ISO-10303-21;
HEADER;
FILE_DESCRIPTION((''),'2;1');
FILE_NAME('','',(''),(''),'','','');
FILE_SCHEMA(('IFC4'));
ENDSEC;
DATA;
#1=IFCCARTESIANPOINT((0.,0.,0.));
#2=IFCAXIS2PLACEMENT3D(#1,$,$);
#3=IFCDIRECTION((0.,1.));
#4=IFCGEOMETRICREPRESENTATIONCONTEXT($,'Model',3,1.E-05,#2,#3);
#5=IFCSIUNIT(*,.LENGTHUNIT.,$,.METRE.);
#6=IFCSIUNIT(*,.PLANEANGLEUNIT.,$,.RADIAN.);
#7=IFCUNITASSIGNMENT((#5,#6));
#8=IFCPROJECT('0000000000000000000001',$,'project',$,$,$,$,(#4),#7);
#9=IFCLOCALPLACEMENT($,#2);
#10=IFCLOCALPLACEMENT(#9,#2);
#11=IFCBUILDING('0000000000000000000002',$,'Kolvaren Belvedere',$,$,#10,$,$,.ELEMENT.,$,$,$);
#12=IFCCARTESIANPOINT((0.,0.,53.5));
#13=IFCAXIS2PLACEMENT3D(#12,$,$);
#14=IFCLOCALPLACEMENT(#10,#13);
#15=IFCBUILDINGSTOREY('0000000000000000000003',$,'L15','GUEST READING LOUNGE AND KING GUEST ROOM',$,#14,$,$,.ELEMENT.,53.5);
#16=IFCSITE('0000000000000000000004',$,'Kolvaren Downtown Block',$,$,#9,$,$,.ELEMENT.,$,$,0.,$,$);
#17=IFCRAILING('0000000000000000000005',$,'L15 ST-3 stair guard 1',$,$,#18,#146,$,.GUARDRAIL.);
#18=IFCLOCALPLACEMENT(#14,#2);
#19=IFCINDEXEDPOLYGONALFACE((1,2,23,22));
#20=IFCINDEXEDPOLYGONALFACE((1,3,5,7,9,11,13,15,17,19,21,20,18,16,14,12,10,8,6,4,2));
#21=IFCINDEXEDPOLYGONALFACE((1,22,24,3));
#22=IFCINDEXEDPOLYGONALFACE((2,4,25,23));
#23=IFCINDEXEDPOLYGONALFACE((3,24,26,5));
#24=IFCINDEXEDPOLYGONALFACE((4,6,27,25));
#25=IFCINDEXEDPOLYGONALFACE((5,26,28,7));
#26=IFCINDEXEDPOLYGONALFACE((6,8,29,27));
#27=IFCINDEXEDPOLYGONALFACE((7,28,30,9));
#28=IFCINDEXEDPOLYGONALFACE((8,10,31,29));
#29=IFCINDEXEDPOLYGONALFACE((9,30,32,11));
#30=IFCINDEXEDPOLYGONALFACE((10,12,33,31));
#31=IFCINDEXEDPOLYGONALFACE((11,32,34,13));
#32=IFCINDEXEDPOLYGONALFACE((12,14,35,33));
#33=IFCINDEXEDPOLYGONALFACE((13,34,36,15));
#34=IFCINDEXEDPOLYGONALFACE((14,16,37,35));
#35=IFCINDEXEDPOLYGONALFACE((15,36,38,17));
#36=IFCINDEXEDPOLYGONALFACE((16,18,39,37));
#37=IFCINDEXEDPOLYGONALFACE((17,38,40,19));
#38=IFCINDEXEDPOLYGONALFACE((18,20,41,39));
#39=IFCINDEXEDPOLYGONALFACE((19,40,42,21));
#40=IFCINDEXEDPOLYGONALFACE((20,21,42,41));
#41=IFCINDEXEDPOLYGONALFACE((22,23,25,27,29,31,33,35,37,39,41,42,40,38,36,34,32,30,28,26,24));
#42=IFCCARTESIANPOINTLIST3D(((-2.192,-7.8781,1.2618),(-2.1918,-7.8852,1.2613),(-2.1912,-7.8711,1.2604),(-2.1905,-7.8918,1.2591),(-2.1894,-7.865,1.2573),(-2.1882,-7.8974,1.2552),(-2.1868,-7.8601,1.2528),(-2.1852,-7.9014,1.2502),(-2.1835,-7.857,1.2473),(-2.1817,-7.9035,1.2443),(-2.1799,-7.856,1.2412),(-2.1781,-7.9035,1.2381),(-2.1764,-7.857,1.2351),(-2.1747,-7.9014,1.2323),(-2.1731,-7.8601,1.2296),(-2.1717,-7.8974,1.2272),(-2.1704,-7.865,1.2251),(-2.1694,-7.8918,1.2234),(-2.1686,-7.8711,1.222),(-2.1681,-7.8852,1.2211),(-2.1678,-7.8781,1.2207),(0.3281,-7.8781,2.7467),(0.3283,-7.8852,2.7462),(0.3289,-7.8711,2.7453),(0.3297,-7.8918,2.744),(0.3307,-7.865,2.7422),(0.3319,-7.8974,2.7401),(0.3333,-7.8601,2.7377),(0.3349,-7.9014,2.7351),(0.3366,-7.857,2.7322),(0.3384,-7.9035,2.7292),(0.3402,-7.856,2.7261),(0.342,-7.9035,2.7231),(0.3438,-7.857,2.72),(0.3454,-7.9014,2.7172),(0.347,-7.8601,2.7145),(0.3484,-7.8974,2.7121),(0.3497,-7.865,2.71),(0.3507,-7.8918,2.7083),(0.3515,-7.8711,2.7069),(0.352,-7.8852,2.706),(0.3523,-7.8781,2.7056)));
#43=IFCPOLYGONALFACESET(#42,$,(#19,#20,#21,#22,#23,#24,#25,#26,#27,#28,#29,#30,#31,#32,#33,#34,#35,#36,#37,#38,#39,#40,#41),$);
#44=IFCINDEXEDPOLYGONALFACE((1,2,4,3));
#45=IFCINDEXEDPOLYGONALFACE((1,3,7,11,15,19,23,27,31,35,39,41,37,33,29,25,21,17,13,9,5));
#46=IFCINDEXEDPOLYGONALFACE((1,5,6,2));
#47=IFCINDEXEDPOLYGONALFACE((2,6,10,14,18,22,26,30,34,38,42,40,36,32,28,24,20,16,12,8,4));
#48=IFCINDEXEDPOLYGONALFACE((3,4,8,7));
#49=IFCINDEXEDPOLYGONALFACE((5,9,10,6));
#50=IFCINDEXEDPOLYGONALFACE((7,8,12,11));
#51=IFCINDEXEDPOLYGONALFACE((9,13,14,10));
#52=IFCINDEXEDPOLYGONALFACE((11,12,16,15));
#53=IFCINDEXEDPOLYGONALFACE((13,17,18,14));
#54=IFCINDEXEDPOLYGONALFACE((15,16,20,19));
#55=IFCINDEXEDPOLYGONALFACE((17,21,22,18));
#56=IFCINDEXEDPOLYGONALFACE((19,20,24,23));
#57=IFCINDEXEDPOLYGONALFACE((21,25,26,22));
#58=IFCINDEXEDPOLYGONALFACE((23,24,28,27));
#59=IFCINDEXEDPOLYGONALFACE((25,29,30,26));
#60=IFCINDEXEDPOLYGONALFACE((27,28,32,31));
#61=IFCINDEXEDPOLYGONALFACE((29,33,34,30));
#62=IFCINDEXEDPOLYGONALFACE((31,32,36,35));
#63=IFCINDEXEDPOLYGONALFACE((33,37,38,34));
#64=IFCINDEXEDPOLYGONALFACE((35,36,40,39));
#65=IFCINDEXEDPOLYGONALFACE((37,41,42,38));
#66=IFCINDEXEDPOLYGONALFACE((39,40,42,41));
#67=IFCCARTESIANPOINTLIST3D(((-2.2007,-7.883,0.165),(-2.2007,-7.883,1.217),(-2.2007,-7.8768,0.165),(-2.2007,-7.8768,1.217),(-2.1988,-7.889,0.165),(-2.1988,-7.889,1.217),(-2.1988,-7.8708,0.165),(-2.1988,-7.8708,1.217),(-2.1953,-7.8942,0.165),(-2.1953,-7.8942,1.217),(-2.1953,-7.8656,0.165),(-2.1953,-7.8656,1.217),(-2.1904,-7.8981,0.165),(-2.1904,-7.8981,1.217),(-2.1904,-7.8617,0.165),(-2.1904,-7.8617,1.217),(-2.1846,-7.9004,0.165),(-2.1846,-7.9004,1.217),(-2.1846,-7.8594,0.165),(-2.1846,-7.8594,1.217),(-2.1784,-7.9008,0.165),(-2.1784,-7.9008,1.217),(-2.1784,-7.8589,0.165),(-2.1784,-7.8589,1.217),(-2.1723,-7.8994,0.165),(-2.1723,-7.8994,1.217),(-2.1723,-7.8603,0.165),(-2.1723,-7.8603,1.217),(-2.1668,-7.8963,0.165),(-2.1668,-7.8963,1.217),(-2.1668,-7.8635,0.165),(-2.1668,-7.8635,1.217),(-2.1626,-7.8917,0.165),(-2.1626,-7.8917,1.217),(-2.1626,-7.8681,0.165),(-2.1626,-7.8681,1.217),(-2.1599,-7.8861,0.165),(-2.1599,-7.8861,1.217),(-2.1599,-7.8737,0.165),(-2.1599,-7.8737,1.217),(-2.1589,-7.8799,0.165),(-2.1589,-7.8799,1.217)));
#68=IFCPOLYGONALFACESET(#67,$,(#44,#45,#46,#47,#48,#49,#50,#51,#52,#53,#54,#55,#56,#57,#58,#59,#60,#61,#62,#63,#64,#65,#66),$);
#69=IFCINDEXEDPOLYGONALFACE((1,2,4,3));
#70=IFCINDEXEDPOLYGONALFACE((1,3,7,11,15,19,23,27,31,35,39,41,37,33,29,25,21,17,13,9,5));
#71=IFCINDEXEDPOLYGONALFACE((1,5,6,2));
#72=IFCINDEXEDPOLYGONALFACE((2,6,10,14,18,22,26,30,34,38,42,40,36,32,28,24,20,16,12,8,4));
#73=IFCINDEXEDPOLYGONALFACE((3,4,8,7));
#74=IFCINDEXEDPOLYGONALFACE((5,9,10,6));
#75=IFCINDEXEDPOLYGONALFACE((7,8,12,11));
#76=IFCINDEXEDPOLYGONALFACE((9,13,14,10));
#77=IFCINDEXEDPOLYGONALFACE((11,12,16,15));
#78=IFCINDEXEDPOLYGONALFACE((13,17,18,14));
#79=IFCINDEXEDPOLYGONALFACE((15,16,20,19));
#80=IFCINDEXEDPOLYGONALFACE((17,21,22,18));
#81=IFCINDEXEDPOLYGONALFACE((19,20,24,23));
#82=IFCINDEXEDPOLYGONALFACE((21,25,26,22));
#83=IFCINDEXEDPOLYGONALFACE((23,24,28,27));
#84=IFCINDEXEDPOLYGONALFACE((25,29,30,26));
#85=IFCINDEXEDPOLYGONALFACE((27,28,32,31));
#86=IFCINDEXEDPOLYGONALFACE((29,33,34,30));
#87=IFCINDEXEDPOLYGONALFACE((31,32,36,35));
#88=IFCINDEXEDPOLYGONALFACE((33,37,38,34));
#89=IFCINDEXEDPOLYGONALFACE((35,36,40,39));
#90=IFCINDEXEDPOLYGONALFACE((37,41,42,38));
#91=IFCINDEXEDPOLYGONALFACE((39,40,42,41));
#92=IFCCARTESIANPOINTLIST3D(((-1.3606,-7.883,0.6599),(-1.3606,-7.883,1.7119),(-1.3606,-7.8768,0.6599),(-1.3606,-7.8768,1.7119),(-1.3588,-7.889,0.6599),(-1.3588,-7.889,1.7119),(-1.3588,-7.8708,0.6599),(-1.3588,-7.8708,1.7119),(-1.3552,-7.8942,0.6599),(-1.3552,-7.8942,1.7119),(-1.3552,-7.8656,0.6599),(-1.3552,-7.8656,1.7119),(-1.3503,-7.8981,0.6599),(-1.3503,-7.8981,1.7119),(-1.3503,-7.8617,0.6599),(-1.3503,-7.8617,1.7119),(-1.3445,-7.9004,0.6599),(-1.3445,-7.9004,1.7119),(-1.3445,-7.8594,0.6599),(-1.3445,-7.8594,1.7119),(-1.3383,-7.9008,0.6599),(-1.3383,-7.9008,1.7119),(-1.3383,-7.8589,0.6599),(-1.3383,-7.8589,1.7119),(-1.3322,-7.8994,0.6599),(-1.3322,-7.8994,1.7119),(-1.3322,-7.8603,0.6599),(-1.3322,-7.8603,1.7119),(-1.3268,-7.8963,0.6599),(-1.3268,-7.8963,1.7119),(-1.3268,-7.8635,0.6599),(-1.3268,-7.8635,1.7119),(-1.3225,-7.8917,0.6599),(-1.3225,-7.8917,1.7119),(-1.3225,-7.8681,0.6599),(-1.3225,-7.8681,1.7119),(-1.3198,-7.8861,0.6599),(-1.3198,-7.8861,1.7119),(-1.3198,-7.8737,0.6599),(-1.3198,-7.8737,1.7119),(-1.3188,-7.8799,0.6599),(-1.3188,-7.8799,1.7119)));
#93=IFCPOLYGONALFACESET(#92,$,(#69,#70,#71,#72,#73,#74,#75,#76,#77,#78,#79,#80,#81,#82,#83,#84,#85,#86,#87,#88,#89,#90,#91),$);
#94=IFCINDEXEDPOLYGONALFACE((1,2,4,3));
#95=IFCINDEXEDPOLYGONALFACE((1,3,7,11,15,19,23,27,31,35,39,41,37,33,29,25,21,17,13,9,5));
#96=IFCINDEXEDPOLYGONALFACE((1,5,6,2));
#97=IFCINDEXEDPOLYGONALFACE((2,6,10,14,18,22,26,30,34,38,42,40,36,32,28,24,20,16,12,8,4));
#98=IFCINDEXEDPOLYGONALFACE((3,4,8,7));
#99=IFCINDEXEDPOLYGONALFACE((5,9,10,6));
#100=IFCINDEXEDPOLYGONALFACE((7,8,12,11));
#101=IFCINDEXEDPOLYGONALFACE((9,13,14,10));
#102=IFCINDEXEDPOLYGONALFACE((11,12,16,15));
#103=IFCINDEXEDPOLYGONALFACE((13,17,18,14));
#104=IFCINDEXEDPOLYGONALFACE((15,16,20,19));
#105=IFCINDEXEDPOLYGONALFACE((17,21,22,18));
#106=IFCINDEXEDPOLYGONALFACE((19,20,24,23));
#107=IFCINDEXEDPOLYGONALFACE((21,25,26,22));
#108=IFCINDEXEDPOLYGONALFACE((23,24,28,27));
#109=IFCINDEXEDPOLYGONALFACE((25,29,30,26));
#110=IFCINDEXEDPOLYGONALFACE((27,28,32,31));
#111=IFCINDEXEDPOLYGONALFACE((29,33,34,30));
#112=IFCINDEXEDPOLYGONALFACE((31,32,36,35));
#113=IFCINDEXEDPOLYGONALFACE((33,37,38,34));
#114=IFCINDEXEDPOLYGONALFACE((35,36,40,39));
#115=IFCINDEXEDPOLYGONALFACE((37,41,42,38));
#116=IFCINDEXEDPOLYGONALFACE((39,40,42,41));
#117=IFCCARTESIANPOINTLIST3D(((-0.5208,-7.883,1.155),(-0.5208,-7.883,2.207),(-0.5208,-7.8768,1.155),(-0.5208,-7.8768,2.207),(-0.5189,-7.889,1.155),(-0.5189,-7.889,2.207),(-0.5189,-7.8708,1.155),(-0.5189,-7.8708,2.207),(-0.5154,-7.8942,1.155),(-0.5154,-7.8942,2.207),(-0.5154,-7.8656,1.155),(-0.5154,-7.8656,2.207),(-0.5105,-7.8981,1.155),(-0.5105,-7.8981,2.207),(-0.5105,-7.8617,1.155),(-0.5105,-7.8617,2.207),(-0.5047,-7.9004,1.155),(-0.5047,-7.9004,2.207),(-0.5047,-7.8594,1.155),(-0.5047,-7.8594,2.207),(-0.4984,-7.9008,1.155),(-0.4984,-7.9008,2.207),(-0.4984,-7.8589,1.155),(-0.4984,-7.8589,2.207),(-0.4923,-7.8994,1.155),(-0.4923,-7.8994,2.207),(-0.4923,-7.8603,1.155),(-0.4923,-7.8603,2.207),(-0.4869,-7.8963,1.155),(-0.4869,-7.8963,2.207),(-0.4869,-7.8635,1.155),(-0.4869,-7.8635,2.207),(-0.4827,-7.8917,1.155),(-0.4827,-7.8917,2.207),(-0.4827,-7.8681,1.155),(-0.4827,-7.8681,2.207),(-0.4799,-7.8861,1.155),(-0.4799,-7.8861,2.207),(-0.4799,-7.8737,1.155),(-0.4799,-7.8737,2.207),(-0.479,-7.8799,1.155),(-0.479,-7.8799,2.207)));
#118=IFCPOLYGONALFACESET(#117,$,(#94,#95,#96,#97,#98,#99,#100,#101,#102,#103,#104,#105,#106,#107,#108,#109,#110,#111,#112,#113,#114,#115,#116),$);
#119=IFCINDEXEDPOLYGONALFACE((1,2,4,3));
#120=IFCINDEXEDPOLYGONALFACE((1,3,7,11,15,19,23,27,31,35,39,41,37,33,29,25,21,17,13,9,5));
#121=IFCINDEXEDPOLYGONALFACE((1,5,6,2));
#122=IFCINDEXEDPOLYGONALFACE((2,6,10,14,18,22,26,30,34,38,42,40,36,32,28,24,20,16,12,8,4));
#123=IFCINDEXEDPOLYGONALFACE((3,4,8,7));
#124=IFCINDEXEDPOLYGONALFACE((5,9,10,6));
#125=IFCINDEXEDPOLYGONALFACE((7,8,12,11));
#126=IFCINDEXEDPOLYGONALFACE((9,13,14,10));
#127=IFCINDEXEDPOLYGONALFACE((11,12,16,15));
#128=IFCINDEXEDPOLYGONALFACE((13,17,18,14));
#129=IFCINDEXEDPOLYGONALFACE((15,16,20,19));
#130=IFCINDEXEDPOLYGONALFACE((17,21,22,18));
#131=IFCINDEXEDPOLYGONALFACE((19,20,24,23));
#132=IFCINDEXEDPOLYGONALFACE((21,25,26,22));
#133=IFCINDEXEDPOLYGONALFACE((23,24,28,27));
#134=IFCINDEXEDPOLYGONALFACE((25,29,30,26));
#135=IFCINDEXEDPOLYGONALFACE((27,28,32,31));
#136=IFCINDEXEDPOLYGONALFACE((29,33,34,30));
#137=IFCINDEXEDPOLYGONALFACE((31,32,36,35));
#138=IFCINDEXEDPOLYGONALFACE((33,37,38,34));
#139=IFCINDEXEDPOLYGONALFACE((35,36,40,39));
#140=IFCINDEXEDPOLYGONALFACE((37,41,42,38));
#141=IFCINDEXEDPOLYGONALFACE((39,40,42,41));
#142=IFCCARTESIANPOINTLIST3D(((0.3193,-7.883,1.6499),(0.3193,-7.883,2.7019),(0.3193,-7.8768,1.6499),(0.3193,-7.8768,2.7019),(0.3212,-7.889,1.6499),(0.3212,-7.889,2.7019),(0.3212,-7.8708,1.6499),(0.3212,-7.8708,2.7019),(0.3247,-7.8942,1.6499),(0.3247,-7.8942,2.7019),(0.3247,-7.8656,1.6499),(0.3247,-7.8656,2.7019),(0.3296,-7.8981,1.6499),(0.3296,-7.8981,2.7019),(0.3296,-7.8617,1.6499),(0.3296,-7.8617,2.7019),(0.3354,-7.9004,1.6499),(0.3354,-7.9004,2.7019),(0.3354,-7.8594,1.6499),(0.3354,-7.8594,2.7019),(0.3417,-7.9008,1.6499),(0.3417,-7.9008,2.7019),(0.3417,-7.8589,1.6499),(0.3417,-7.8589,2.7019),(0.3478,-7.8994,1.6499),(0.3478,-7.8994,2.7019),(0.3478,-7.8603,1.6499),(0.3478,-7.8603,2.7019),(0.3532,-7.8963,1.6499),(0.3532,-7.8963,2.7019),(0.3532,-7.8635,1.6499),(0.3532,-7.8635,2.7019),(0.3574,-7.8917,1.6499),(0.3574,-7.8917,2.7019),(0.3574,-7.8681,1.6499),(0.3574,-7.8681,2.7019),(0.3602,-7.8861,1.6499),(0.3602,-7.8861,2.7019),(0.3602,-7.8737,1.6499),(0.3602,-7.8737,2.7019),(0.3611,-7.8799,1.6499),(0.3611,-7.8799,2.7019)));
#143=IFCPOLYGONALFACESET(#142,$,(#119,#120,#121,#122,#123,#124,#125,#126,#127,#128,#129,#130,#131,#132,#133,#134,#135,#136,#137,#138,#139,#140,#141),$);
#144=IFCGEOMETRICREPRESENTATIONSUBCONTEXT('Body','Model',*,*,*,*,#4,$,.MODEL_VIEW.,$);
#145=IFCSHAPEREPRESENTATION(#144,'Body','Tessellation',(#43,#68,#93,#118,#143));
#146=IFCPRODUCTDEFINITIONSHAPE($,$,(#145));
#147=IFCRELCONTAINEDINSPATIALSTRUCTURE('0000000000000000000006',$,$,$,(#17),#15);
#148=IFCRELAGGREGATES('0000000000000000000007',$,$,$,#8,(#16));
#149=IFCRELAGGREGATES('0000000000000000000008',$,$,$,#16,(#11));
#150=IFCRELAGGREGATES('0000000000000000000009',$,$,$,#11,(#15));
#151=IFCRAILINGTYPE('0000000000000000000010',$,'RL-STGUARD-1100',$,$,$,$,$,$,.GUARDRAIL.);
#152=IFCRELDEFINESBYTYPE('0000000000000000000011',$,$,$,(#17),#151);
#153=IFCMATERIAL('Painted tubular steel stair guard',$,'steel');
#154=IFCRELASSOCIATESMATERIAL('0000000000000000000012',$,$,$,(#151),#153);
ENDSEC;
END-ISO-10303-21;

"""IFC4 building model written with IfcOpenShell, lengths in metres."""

from ifc_helpers import new_model, si_unit, direction, frame, origin, origin_2d, place, context, subcontext, project, spatial, circle, extrude, material, type_object, element, save


model = new_model("IFC4")

# Units and contexts
model_context = context("Model", 3, precision=1e-05, world=origin(), true_north=direction((0.0, 1.0)))
body_context = subcontext(model_context, "Body", "Model", "MODEL_VIEW")
ifc_project = project(units=[si_unit("LENGTHUNIT", "METRE"), si_unit("PLANEANGLEUNIT", "RADIAN")], contexts=[model_context])

# Site, building, storey
site_placement = place(None, origin())
site = spatial("IfcSite", under=ifc_project, at=site_placement, Name="Kolvaren Downtown Block", CompositionType="ELEMENT", RefElevation=0.0)
building_placement = place(site_placement, origin())
building = spatial("IfcBuilding", under=site, at=building_placement, Name="Kolvaren Belvedere", CompositionType="ELEMENT")
storey_placement = place(building_placement, frame((0.0, 0.0, 53.5)))
storey = spatial("IfcBuildingStorey", under=building, at=storey_placement, Name="L15", Description="GUEST READING LOUNGE AND KING GUEST ROOM", CompositionType="ELEMENT", Elevation=53.5)

# Railing
ifc_material_1 = material(Name="Painted tubular steel stair guard", Category="steel")
railing_type_1 = type_object("IfcRailingType", Name="RL-STGUARD-1100", PredefinedType="GUARDRAIL", material=ifc_material_1)
railing_1_placement = place(storey_placement, frame((-2.1799, -7.8799, 0.165)))
element("IfcRailing", 1, at=railing_1_placement, inside=storey, type_object=railing_type_1, Name="L15 ST-3 stair guard 1", PredefinedType="GUARDRAIL", context=body_context, shape_type="SweptSolid", body=[
    extrude(circle(Radius=0.0239, at=origin_2d()), frame((0.0, 0.0, 1.0762), z_axis=(0.861561, 0.0, 0.507655), x_axis=(0.0, 1.0, 0.0)), (0.0, 0.0, 1.0), 2.925),
    extrude(circle(Radius=0.021, at=origin_2d()), origin(), (0.0, 0.0, 1.0), 1.052),
    extrude(circle(Radius=0.021, at=origin_2d()), frame((0.8401, 0.0, 0.4949)), (0.0, 0.0, 1.0), 1.052),
    extrude(circle(Radius=0.021, at=origin_2d()), frame((1.6799, 0.0, 0.99)), (0.0, 0.0, 1.0), 1.052),
    extrude(circle(Radius=0.021, at=origin_2d()), frame((2.52, 0.0, 1.4849)), (0.0, 0.0, 1.0), 1.052),
])

save(model, "model.ifc")
